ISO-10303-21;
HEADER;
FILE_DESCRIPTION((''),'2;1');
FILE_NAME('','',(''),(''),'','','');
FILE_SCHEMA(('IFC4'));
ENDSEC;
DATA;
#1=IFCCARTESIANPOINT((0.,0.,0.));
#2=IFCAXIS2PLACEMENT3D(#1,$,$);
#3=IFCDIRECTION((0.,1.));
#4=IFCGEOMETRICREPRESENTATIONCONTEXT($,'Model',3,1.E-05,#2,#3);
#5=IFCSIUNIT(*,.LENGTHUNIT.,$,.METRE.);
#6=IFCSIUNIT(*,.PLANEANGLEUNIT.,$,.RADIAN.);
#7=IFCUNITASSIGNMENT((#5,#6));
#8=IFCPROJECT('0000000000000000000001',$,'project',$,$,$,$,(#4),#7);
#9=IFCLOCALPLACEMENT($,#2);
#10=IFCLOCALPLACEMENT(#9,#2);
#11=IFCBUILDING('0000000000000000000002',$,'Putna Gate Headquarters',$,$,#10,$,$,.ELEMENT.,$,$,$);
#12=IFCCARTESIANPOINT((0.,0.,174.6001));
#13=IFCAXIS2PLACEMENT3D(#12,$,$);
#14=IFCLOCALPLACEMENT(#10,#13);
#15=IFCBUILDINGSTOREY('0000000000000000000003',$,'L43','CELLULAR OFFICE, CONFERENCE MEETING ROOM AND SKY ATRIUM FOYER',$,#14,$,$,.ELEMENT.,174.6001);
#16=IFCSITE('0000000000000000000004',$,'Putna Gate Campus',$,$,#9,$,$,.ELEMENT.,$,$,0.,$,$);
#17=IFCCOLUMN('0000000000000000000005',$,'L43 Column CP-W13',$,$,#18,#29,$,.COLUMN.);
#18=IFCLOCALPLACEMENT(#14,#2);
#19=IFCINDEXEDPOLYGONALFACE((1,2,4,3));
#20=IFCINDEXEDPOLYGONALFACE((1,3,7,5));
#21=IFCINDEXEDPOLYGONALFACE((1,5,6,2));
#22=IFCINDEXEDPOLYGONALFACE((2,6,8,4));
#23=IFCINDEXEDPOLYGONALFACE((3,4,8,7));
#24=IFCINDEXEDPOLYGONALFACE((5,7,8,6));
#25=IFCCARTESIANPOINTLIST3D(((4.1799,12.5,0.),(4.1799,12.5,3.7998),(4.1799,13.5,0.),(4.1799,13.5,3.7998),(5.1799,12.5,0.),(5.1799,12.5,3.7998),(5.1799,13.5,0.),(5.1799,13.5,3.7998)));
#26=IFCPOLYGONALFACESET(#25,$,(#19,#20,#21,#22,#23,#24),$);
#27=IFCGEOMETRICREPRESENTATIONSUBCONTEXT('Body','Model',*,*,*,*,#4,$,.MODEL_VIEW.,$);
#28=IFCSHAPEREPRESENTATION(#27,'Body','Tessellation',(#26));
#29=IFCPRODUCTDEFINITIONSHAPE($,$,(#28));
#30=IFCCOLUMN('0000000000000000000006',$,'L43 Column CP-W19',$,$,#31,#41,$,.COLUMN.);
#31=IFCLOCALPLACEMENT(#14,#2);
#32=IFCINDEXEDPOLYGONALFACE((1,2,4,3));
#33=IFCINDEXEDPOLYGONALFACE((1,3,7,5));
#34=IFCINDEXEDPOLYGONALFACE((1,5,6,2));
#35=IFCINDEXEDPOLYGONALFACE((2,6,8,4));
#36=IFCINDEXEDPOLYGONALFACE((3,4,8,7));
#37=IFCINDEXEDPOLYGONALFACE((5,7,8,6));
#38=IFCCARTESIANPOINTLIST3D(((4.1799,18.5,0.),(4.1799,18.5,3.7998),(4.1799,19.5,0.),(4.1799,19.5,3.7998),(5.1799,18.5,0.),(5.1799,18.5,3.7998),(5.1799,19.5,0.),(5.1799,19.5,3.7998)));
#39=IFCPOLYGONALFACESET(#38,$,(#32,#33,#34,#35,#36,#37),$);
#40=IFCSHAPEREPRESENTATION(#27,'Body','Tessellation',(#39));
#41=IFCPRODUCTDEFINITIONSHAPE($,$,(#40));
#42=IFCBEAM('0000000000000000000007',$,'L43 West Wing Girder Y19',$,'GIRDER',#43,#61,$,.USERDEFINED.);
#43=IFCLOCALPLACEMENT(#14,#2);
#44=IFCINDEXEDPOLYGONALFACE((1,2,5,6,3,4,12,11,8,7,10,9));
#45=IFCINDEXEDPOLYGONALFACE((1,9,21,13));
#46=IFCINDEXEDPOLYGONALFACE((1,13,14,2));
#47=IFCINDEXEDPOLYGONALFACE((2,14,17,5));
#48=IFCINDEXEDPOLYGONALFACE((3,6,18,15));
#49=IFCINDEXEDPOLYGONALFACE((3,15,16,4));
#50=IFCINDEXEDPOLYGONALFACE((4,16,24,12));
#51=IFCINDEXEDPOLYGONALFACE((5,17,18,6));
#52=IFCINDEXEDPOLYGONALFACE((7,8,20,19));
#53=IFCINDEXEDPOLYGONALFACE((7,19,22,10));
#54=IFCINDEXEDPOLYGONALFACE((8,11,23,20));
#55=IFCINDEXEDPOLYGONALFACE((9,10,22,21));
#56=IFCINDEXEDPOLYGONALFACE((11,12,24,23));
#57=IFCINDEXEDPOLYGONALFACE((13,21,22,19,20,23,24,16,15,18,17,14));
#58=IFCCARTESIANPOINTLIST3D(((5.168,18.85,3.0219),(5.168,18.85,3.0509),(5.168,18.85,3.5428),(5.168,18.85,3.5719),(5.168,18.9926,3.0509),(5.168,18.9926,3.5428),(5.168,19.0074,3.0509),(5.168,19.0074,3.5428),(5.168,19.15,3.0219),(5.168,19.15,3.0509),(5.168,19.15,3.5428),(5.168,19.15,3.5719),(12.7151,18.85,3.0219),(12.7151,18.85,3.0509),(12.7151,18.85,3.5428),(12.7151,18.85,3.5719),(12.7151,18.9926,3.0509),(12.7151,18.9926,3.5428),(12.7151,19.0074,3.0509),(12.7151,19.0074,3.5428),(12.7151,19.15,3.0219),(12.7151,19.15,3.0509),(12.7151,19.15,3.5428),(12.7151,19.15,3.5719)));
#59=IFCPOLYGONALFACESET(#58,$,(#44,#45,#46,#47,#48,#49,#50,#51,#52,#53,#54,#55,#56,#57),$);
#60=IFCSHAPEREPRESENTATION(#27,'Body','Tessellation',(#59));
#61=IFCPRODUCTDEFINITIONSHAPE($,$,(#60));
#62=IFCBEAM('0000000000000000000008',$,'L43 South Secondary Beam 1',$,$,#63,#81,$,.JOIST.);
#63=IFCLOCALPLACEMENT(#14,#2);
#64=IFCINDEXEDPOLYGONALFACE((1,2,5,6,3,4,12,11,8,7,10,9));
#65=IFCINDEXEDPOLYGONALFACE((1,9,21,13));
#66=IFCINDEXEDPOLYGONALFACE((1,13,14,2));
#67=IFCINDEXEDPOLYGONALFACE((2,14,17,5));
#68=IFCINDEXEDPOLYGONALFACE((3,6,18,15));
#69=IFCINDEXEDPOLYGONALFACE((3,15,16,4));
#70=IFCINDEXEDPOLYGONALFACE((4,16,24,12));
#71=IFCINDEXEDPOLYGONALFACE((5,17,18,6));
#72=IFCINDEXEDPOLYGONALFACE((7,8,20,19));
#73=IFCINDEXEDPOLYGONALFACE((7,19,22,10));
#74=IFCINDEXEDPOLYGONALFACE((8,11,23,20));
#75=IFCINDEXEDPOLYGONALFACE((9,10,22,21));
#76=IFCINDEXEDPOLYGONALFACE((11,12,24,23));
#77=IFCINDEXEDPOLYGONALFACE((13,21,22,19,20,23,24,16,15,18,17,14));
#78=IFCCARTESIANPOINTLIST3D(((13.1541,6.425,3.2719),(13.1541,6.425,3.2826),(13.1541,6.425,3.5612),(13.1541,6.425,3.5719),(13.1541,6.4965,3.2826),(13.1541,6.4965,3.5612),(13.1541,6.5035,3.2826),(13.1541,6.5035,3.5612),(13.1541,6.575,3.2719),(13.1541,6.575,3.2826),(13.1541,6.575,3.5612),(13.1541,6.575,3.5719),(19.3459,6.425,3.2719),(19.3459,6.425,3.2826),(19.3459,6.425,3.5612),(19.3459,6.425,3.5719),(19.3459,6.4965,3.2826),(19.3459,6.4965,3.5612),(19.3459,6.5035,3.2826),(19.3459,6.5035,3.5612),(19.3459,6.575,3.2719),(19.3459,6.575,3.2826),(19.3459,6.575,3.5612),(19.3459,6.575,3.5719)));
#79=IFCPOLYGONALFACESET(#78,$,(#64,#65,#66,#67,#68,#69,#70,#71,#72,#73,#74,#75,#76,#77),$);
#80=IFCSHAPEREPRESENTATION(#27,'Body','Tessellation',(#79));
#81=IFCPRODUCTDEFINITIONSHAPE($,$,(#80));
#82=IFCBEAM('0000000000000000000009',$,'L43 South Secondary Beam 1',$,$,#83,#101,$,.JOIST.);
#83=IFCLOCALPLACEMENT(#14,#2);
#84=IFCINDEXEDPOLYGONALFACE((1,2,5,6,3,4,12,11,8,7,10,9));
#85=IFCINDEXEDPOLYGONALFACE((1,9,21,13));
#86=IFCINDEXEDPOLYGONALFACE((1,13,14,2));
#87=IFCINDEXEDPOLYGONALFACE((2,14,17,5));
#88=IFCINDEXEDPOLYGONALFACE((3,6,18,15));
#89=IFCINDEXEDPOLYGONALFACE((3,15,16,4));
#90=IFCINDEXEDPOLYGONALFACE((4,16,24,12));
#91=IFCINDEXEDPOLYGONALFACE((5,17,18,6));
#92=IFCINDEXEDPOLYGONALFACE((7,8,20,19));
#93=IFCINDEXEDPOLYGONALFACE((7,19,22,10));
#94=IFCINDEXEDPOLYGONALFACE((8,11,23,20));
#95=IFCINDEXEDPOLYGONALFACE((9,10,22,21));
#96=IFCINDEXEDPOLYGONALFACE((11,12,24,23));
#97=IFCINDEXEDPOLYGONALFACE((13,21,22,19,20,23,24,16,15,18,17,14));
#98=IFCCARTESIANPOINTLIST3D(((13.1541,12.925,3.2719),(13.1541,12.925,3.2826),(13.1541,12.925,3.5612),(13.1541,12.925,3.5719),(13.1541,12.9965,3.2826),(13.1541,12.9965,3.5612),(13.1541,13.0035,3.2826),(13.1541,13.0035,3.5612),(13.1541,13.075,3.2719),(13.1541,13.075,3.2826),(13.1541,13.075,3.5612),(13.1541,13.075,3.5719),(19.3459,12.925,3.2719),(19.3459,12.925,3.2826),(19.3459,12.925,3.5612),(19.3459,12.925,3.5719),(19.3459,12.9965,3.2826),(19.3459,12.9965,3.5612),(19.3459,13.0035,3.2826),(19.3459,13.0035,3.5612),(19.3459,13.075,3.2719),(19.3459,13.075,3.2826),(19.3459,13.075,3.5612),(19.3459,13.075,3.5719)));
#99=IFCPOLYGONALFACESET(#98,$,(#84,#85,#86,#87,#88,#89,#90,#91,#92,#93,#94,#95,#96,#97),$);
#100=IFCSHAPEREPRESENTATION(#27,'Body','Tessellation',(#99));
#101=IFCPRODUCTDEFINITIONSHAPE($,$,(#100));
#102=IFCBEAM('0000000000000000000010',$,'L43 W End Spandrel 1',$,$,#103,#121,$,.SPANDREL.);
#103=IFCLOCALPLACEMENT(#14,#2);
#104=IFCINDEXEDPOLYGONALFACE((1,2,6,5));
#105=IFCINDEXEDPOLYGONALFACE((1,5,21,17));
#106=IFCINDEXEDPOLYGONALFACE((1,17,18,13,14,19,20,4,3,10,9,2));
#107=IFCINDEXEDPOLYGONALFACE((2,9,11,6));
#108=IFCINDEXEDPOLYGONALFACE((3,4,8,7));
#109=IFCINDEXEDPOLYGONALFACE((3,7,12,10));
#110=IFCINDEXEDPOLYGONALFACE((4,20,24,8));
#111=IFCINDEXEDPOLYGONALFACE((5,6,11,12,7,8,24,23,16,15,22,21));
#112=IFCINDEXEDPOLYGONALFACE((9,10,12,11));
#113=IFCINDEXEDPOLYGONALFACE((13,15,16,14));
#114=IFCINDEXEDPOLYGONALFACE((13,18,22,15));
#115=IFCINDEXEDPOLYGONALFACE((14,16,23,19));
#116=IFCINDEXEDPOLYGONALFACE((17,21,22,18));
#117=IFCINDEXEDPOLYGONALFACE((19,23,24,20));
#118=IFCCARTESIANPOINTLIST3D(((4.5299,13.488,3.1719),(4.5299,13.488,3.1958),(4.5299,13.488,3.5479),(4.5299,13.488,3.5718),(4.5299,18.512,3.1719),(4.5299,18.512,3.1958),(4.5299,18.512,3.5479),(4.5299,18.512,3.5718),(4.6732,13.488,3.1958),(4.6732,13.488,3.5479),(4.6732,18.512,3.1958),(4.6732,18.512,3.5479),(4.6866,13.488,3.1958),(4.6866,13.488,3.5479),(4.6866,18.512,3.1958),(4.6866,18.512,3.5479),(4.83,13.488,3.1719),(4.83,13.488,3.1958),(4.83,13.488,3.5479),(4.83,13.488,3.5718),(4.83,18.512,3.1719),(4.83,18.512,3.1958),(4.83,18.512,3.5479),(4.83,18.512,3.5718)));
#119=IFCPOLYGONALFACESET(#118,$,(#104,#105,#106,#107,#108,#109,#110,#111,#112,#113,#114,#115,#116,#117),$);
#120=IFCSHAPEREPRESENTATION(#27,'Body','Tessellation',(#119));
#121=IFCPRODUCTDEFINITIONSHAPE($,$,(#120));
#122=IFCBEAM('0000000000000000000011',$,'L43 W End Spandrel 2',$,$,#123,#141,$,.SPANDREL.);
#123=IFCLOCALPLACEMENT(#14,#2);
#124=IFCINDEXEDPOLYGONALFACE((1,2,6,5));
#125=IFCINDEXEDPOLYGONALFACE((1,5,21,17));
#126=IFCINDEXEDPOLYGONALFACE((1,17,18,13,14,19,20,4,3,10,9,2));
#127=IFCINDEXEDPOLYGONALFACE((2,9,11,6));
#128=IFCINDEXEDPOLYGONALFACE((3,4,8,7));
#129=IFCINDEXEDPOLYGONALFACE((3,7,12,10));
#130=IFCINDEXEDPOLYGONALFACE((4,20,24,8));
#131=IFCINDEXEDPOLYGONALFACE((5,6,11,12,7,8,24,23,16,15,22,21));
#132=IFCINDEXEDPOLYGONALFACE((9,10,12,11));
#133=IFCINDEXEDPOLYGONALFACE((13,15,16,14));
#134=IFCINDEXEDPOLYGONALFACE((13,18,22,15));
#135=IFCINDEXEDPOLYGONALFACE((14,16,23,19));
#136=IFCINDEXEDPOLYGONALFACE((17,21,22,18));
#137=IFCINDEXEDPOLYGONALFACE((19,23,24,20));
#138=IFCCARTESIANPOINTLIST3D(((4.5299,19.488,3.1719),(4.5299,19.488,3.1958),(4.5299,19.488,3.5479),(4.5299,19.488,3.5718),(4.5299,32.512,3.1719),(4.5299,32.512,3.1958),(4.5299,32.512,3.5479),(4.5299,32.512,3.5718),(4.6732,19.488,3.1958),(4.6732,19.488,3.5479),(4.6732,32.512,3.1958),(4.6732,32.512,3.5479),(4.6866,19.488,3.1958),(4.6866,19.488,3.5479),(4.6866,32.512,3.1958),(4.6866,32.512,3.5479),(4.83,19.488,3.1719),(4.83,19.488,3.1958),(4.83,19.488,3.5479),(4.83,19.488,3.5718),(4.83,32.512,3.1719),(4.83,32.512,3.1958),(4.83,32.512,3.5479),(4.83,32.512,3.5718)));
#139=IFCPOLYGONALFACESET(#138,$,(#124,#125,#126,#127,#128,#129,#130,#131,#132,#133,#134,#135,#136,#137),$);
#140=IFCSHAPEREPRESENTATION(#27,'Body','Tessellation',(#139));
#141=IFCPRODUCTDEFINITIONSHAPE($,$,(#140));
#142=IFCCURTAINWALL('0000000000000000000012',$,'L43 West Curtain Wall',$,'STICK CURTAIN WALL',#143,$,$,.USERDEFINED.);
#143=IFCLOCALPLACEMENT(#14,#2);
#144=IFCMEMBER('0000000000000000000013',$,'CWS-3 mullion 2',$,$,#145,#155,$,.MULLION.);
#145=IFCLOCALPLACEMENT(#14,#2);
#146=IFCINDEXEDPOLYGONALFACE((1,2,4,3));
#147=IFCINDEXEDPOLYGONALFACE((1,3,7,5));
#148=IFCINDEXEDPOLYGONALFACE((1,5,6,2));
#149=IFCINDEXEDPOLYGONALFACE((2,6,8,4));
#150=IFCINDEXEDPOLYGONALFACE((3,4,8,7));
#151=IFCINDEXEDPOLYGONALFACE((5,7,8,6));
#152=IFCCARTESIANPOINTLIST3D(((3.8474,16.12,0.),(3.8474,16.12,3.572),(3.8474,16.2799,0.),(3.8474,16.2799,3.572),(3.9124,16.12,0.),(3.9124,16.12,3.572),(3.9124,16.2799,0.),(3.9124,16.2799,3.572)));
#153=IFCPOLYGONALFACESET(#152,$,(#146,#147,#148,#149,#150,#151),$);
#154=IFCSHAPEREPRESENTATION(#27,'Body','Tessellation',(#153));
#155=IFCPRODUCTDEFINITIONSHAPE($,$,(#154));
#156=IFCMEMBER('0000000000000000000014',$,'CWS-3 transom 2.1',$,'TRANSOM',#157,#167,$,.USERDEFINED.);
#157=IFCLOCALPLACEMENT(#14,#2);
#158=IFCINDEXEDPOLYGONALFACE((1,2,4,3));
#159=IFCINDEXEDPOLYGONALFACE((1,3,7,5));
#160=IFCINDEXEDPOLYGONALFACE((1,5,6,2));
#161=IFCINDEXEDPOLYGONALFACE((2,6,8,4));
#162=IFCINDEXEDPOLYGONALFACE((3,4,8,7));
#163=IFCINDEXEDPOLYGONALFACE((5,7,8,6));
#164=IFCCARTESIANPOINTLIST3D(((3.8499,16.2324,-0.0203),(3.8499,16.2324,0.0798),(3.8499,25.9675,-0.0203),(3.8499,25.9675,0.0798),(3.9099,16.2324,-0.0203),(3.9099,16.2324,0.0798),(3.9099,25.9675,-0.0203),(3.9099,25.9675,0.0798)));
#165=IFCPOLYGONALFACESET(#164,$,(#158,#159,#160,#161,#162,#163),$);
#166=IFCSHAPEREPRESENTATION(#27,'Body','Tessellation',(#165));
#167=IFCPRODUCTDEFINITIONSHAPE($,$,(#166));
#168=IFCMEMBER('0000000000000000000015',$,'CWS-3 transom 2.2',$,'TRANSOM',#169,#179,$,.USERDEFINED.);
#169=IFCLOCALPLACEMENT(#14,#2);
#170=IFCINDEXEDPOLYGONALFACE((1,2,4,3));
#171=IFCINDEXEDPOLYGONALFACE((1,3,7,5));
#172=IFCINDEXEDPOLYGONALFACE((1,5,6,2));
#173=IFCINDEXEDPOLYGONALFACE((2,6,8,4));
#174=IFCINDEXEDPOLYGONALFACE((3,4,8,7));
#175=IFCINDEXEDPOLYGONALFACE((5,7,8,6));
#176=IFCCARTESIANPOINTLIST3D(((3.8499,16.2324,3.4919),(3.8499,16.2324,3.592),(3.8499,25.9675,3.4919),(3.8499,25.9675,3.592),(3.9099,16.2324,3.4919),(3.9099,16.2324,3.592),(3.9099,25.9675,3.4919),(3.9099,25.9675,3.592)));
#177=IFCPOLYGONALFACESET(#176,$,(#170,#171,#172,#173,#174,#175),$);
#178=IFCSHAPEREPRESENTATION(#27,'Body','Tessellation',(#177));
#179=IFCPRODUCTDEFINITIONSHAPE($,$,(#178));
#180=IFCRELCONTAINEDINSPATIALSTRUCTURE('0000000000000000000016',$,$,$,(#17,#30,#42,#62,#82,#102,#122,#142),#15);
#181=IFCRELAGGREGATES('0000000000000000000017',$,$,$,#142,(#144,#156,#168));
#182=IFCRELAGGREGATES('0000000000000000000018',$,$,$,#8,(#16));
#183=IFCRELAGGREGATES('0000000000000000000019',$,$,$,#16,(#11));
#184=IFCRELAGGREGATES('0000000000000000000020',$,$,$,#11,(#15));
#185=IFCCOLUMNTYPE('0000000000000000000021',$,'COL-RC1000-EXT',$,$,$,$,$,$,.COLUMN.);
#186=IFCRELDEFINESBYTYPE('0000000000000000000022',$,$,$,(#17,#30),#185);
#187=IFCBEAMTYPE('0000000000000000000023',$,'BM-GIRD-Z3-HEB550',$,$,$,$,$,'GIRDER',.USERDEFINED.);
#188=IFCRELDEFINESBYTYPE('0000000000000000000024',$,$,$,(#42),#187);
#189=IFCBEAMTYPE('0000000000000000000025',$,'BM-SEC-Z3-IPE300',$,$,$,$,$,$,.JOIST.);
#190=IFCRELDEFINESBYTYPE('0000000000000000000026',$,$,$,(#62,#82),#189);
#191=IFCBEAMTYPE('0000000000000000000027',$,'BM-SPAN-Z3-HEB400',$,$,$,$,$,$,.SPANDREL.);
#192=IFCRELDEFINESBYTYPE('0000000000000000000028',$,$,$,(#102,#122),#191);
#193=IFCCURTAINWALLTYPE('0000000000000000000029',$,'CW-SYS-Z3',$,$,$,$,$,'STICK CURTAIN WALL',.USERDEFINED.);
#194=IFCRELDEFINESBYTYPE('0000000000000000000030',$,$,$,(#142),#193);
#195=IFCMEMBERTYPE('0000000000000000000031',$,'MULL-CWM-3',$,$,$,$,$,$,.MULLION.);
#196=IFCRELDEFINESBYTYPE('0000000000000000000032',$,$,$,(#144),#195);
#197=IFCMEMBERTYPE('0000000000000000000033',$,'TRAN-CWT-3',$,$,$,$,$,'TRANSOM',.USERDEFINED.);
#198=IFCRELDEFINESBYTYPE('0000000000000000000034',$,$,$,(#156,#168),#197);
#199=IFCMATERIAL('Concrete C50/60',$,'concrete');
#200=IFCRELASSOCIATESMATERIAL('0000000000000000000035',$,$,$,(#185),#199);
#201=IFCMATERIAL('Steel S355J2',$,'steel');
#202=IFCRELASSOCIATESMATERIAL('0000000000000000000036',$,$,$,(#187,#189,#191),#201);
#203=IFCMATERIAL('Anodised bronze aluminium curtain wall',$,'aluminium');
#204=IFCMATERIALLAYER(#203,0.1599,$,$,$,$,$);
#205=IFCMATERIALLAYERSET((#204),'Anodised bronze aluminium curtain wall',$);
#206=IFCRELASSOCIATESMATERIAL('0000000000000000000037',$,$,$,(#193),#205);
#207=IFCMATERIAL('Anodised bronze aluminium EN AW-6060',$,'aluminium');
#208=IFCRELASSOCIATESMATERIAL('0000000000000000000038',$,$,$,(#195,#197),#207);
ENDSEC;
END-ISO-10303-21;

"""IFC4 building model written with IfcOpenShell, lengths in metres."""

from ifc_helpers import new_model, si_unit, direction, frame, origin, origin_2d, place, context, subcontext, project, spatial, rectangle, i_section, extrude, material, layer, layer_set, material_profile, profile_set, type_object, element, aggregate, save


model = new_model("IFC4")

# Units and contexts
model_context = context("Model", 3, precision=1e-05, world=origin(), true_north=direction((0.0, 1.0)))
body_context = subcontext(model_context, "Body", "Model", "MODEL_VIEW")
ifc_project = project(units=[si_unit("LENGTHUNIT", "METRE"), si_unit("PLANEANGLEUNIT", "RADIAN")], contexts=[model_context])

# Site, building, storey
site_placement = place(None, origin())
site = spatial("IfcSite", under=ifc_project, at=site_placement, Name="Putna Gate Campus", CompositionType="ELEMENT", RefElevation=0.0)
building_placement = place(site_placement, origin())
building = spatial("IfcBuilding", under=site, at=building_placement, Name="Putna Gate Headquarters", CompositionType="ELEMENT")
storey_placement = place(building_placement, frame((0.0, 0.0, 174.6001)))
storey = spatial("IfcBuildingStorey", under=building, at=storey_placement, Name="L43", Description="CELLULAR OFFICE, CONFERENCE MEETING ROOM AND SKY ATRIUM FOYER", CompositionType="ELEMENT", Elevation=174.6001)

# Columns
ifc_material_1 = material(Name="Concrete C50/60", Category="concrete")
ifc_material_profile_1 = material_profile(ifc_material_1, rectangle(XDim=1.0, YDim=1.0, at=origin_2d()), Name="Concrete C50/60")
ifc_profile_set_1 = profile_set([ifc_material_profile_1], Name="Concrete C50/60")
column_type = type_object("IfcColumnType", Name="COL-RC1000-EXT", PredefinedType="COLUMN", material=ifc_profile_set_1)
for number, where, z_axis, x_axis, name in (
    (1, (4.6799, 13.0, 0.0), (0.0, 0.0, 1.0), (1.0, 0.0, 0.0), "L43 Column CP-W13"),
    (2, (4.6799, 19.0, 0.0), (0.0, 0.0, 1.0), (1.0, 0.0, 0.0), "L43 Column CP-W19"),
):
    element("IfcColumn", number, at=place(storey_placement, frame(where, z_axis=z_axis, x_axis=x_axis)), inside=storey, type_object=column_type, Name=name, PredefinedType="COLUMN", context=body_context, shape_type="SweptSolid", body=[
        extrude(rectangle(XDim=1.0, YDim=1.0, at=origin_2d()), origin(), (0.0, 0.0, 1.0), 3.7998),
    ])

# Beams
ifc_material_2 = material(Name="Steel S355J2", Category="steel")
ifc_material_profile_2 = material_profile(ifc_material_2, i_section(OverallWidth=0.3, OverallDepth=0.55, WebThickness=0.0149, FlangeThickness=0.0291, at=origin_2d()), Name="Steel S355J2")
ifc_profile_set_2 = profile_set([ifc_material_profile_2], Name="Steel S355J2")
beam_type_1 = type_object("IfcBeamType", Name="BM-GIRD-Z3-HEB550", ElementType="GIRDER", PredefinedType="USERDEFINED", material=ifc_profile_set_2)
beam_1_placement = place(storey_placement, frame((5.168, 19.0, 3.2969), z_axis=(1.0, 0.0, 0.0), x_axis=(0.0, 1.0, 0.0)))
element("IfcBeam", 3, at=beam_1_placement, inside=storey, type_object=beam_type_1, Name="L43 West Wing Girder Y19", ObjectType="GIRDER", PredefinedType="USERDEFINED", context=body_context, shape_type="SweptSolid", body=[
    extrude(i_section(OverallWidth=0.3, OverallDepth=0.55, WebThickness=0.0149, FlangeThickness=0.0291, at=origin_2d()), origin(), (0.0, 0.0, 1.0), 7.5471),
])
ifc_material_profile_3 = material_profile(ifc_material_2, i_section(OverallWidth=0.1499, OverallDepth=0.3, WebThickness=0.0071, FlangeThickness=0.0107, at=origin_2d()), Name="Steel S355J2")
ifc_profile_set_3 = profile_set([ifc_material_profile_3], Name="Steel S355J2")
beam_type_2 = type_object("IfcBeamType", Name="BM-SEC-Z3-IPE300", PredefinedType="JOIST", material=ifc_profile_set_3)
for number, where, z_axis, x_axis, name in (
    (4, (13.1541, 6.5, 3.4219), (1.0, 0.0, 0.0), (0.0, 1.0, 0.0), "L43 South Secondary Beam 1"),
    (5, (13.1541, 13.0, 3.4219), (1.0, 0.0, 0.0), (0.0, 1.0, 0.0), "L43 South Secondary Beam 1"),
):
    element("IfcBeam", number, at=place(storey_placement, frame(where, z_axis=z_axis, x_axis=x_axis)), inside=storey, type_object=beam_type_2, Name=name, PredefinedType="JOIST", context=body_context, shape_type="SweptSolid", body=[
        extrude(i_section(OverallWidth=0.1499, OverallDepth=0.3, WebThickness=0.0071, FlangeThickness=0.0107, at=origin_2d()), origin(), (0.0, 0.0, 1.0), 6.1919),
    ])
ifc_material_profile_4 = material_profile(ifc_material_2, i_section(OverallWidth=0.3, OverallDepth=0.3999, WebThickness=0.0134, FlangeThickness=0.0239, at=origin_2d()), Name="Steel S355J2")
ifc_profile_set_4 = profile_set([ifc_material_profile_4], Name="Steel S355J2")
beam_type_3 = type_object("IfcBeamType", Name="BM-SPAN-Z3-HEB400", PredefinedType="SPANDREL", material=ifc_profile_set_4)
beam_2_placement = place(storey_placement, frame((4.6799, 13.488, 3.3718), z_axis=(0.0, 1.0, 0.0), x_axis=(-1.0, 0.0, 0.0)))
element("IfcBeam", 6, at=beam_2_placement, inside=storey, type_object=beam_type_3, Name="L43 W End Spandrel 1", PredefinedType="SPANDREL", context=body_context, shape_type="SweptSolid", body=[
    extrude(i_section(OverallWidth=0.3, OverallDepth=0.3999, WebThickness=0.0134, FlangeThickness=0.0239, at=origin_2d()), origin(), (0.0, 0.0, 1.0), 5.0239),
])
beam_3_placement = place(storey_placement, frame((4.6799, 19.488, 3.3718), z_axis=(0.0, 1.0, 0.0), x_axis=(-1.0, 0.0, 0.0)))
element("IfcBeam", 7, at=beam_3_placement, inside=storey, type_object=beam_type_3, Name="L43 W End Spandrel 2", PredefinedType="SPANDREL", context=body_context, shape_type="SweptSolid", body=[
    extrude(i_section(OverallWidth=0.3, OverallDepth=0.3999, WebThickness=0.0134, FlangeThickness=0.0239, at=origin_2d()), origin(), (0.0, 0.0, 1.0), 13.0239),
])

# Curtain wall, members
ifc_material_3 = material(Name="Anodised bronze aluminium curtain wall", Category="aluminium")
ifc_layer_1 = layer(ifc_material_3, 0.1599)
ifc_layer_set_1 = layer_set([ifc_layer_1], Name="Anodised bronze aluminium curtain wall")
curtain_wall_type = type_object("IfcCurtainWallType", Name="CW-SYS-Z3", ElementType="STICK CURTAIN WALL", PredefinedType="USERDEFINED", material=ifc_layer_set_1)
curtain_wall_placement = place(storey_placement, origin())
curtain_wall = element("IfcCurtainWall", 8, at=curtain_wall_placement, inside=storey, type_object=curtain_wall_type, Name="L43 West Curtain Wall", ObjectType="STICK CURTAIN WALL", PredefinedType="USERDEFINED")
ifc_material_4 = material(Name="Anodised bronze aluminium EN AW-6060", Category="aluminium")
ifc_material_profile_5 = material_profile(ifc_material_4, rectangle(XDim=0.0649, YDim=0.1599, at=origin_2d()), Name="Anodised bronze aluminium EN AW-6060")
ifc_profile_set_5 = profile_set([ifc_material_profile_5], Name="Anodised bronze aluminium EN AW-6060")
member_type_1 = type_object("IfcMemberType", Name="MULL-CWM-3", PredefinedType="MULLION", material=ifc_profile_set_5)
member_1_placement = place(storey_placement, frame((3.8799, 16.2, 0.0), z_axis=(0.0, 0.0, 1.0), x_axis=(-1.0, 0.0, 0.0)))
member_1 = element("IfcMember", 9, at=member_1_placement, type_object=member_type_1, Name="CWS-3 mullion 2", PredefinedType="MULLION", context=body_context, shape_type="SweptSolid", body=[
    extrude(rectangle(XDim=0.0649, YDim=0.1599, at=origin_2d()), origin(), (0.0, 0.0, 1.0), 3.572),
])
ifc_material_profile_6 = material_profile(ifc_material_4, rectangle(XDim=0.0601, YDim=0.1001, at=origin_2d()), Name="Anodised bronze aluminium EN AW-6060")
ifc_profile_set_6 = profile_set([ifc_material_profile_6], Name="Anodised bronze aluminium EN AW-6060")
member_type_2 = type_object("IfcMemberType", Name="TRAN-CWT-3", ElementType="TRANSOM", PredefinedType="USERDEFINED", material=ifc_profile_set_6)
member_2_placement = place(storey_placement, frame((3.8799, 16.2324, 0.0298), z_axis=(0.0, 1.0, 0.0), x_axis=(-1.0, 0.0, 0.0)))
member_2 = element("IfcMember", 10, at=member_2_placement, type_object=member_type_2, Name="CWS-3 transom 2.1", ObjectType="TRANSOM", PredefinedType="USERDEFINED", context=body_context, shape_type="SweptSolid", body=[
    extrude(rectangle(XDim=0.0601, YDim=0.1001, at=origin_2d()), origin(), (0.0, 0.0, 1.0), 9.7351),
])
member_3_placement = place(storey_placement, frame((3.8799, 16.2324, 3.542), z_axis=(0.0, 1.0, 0.0), x_axis=(-1.0, 0.0, 0.0)))
member_3 = element("IfcMember", 11, at=member_3_placement, type_object=member_type_2, Name="CWS-3 transom 2.2", ObjectType="TRANSOM", PredefinedType="USERDEFINED", context=body_context, shape_type="SweptSolid", body=[
    extrude(rectangle(XDim=0.0601, YDim=0.1001, at=origin_2d()), origin(), (0.0, 0.0, 1.0), 9.7351),
])
aggregate(curtain_wall, [member_1, member_2, member_3])

save(model, "model.ifc")
